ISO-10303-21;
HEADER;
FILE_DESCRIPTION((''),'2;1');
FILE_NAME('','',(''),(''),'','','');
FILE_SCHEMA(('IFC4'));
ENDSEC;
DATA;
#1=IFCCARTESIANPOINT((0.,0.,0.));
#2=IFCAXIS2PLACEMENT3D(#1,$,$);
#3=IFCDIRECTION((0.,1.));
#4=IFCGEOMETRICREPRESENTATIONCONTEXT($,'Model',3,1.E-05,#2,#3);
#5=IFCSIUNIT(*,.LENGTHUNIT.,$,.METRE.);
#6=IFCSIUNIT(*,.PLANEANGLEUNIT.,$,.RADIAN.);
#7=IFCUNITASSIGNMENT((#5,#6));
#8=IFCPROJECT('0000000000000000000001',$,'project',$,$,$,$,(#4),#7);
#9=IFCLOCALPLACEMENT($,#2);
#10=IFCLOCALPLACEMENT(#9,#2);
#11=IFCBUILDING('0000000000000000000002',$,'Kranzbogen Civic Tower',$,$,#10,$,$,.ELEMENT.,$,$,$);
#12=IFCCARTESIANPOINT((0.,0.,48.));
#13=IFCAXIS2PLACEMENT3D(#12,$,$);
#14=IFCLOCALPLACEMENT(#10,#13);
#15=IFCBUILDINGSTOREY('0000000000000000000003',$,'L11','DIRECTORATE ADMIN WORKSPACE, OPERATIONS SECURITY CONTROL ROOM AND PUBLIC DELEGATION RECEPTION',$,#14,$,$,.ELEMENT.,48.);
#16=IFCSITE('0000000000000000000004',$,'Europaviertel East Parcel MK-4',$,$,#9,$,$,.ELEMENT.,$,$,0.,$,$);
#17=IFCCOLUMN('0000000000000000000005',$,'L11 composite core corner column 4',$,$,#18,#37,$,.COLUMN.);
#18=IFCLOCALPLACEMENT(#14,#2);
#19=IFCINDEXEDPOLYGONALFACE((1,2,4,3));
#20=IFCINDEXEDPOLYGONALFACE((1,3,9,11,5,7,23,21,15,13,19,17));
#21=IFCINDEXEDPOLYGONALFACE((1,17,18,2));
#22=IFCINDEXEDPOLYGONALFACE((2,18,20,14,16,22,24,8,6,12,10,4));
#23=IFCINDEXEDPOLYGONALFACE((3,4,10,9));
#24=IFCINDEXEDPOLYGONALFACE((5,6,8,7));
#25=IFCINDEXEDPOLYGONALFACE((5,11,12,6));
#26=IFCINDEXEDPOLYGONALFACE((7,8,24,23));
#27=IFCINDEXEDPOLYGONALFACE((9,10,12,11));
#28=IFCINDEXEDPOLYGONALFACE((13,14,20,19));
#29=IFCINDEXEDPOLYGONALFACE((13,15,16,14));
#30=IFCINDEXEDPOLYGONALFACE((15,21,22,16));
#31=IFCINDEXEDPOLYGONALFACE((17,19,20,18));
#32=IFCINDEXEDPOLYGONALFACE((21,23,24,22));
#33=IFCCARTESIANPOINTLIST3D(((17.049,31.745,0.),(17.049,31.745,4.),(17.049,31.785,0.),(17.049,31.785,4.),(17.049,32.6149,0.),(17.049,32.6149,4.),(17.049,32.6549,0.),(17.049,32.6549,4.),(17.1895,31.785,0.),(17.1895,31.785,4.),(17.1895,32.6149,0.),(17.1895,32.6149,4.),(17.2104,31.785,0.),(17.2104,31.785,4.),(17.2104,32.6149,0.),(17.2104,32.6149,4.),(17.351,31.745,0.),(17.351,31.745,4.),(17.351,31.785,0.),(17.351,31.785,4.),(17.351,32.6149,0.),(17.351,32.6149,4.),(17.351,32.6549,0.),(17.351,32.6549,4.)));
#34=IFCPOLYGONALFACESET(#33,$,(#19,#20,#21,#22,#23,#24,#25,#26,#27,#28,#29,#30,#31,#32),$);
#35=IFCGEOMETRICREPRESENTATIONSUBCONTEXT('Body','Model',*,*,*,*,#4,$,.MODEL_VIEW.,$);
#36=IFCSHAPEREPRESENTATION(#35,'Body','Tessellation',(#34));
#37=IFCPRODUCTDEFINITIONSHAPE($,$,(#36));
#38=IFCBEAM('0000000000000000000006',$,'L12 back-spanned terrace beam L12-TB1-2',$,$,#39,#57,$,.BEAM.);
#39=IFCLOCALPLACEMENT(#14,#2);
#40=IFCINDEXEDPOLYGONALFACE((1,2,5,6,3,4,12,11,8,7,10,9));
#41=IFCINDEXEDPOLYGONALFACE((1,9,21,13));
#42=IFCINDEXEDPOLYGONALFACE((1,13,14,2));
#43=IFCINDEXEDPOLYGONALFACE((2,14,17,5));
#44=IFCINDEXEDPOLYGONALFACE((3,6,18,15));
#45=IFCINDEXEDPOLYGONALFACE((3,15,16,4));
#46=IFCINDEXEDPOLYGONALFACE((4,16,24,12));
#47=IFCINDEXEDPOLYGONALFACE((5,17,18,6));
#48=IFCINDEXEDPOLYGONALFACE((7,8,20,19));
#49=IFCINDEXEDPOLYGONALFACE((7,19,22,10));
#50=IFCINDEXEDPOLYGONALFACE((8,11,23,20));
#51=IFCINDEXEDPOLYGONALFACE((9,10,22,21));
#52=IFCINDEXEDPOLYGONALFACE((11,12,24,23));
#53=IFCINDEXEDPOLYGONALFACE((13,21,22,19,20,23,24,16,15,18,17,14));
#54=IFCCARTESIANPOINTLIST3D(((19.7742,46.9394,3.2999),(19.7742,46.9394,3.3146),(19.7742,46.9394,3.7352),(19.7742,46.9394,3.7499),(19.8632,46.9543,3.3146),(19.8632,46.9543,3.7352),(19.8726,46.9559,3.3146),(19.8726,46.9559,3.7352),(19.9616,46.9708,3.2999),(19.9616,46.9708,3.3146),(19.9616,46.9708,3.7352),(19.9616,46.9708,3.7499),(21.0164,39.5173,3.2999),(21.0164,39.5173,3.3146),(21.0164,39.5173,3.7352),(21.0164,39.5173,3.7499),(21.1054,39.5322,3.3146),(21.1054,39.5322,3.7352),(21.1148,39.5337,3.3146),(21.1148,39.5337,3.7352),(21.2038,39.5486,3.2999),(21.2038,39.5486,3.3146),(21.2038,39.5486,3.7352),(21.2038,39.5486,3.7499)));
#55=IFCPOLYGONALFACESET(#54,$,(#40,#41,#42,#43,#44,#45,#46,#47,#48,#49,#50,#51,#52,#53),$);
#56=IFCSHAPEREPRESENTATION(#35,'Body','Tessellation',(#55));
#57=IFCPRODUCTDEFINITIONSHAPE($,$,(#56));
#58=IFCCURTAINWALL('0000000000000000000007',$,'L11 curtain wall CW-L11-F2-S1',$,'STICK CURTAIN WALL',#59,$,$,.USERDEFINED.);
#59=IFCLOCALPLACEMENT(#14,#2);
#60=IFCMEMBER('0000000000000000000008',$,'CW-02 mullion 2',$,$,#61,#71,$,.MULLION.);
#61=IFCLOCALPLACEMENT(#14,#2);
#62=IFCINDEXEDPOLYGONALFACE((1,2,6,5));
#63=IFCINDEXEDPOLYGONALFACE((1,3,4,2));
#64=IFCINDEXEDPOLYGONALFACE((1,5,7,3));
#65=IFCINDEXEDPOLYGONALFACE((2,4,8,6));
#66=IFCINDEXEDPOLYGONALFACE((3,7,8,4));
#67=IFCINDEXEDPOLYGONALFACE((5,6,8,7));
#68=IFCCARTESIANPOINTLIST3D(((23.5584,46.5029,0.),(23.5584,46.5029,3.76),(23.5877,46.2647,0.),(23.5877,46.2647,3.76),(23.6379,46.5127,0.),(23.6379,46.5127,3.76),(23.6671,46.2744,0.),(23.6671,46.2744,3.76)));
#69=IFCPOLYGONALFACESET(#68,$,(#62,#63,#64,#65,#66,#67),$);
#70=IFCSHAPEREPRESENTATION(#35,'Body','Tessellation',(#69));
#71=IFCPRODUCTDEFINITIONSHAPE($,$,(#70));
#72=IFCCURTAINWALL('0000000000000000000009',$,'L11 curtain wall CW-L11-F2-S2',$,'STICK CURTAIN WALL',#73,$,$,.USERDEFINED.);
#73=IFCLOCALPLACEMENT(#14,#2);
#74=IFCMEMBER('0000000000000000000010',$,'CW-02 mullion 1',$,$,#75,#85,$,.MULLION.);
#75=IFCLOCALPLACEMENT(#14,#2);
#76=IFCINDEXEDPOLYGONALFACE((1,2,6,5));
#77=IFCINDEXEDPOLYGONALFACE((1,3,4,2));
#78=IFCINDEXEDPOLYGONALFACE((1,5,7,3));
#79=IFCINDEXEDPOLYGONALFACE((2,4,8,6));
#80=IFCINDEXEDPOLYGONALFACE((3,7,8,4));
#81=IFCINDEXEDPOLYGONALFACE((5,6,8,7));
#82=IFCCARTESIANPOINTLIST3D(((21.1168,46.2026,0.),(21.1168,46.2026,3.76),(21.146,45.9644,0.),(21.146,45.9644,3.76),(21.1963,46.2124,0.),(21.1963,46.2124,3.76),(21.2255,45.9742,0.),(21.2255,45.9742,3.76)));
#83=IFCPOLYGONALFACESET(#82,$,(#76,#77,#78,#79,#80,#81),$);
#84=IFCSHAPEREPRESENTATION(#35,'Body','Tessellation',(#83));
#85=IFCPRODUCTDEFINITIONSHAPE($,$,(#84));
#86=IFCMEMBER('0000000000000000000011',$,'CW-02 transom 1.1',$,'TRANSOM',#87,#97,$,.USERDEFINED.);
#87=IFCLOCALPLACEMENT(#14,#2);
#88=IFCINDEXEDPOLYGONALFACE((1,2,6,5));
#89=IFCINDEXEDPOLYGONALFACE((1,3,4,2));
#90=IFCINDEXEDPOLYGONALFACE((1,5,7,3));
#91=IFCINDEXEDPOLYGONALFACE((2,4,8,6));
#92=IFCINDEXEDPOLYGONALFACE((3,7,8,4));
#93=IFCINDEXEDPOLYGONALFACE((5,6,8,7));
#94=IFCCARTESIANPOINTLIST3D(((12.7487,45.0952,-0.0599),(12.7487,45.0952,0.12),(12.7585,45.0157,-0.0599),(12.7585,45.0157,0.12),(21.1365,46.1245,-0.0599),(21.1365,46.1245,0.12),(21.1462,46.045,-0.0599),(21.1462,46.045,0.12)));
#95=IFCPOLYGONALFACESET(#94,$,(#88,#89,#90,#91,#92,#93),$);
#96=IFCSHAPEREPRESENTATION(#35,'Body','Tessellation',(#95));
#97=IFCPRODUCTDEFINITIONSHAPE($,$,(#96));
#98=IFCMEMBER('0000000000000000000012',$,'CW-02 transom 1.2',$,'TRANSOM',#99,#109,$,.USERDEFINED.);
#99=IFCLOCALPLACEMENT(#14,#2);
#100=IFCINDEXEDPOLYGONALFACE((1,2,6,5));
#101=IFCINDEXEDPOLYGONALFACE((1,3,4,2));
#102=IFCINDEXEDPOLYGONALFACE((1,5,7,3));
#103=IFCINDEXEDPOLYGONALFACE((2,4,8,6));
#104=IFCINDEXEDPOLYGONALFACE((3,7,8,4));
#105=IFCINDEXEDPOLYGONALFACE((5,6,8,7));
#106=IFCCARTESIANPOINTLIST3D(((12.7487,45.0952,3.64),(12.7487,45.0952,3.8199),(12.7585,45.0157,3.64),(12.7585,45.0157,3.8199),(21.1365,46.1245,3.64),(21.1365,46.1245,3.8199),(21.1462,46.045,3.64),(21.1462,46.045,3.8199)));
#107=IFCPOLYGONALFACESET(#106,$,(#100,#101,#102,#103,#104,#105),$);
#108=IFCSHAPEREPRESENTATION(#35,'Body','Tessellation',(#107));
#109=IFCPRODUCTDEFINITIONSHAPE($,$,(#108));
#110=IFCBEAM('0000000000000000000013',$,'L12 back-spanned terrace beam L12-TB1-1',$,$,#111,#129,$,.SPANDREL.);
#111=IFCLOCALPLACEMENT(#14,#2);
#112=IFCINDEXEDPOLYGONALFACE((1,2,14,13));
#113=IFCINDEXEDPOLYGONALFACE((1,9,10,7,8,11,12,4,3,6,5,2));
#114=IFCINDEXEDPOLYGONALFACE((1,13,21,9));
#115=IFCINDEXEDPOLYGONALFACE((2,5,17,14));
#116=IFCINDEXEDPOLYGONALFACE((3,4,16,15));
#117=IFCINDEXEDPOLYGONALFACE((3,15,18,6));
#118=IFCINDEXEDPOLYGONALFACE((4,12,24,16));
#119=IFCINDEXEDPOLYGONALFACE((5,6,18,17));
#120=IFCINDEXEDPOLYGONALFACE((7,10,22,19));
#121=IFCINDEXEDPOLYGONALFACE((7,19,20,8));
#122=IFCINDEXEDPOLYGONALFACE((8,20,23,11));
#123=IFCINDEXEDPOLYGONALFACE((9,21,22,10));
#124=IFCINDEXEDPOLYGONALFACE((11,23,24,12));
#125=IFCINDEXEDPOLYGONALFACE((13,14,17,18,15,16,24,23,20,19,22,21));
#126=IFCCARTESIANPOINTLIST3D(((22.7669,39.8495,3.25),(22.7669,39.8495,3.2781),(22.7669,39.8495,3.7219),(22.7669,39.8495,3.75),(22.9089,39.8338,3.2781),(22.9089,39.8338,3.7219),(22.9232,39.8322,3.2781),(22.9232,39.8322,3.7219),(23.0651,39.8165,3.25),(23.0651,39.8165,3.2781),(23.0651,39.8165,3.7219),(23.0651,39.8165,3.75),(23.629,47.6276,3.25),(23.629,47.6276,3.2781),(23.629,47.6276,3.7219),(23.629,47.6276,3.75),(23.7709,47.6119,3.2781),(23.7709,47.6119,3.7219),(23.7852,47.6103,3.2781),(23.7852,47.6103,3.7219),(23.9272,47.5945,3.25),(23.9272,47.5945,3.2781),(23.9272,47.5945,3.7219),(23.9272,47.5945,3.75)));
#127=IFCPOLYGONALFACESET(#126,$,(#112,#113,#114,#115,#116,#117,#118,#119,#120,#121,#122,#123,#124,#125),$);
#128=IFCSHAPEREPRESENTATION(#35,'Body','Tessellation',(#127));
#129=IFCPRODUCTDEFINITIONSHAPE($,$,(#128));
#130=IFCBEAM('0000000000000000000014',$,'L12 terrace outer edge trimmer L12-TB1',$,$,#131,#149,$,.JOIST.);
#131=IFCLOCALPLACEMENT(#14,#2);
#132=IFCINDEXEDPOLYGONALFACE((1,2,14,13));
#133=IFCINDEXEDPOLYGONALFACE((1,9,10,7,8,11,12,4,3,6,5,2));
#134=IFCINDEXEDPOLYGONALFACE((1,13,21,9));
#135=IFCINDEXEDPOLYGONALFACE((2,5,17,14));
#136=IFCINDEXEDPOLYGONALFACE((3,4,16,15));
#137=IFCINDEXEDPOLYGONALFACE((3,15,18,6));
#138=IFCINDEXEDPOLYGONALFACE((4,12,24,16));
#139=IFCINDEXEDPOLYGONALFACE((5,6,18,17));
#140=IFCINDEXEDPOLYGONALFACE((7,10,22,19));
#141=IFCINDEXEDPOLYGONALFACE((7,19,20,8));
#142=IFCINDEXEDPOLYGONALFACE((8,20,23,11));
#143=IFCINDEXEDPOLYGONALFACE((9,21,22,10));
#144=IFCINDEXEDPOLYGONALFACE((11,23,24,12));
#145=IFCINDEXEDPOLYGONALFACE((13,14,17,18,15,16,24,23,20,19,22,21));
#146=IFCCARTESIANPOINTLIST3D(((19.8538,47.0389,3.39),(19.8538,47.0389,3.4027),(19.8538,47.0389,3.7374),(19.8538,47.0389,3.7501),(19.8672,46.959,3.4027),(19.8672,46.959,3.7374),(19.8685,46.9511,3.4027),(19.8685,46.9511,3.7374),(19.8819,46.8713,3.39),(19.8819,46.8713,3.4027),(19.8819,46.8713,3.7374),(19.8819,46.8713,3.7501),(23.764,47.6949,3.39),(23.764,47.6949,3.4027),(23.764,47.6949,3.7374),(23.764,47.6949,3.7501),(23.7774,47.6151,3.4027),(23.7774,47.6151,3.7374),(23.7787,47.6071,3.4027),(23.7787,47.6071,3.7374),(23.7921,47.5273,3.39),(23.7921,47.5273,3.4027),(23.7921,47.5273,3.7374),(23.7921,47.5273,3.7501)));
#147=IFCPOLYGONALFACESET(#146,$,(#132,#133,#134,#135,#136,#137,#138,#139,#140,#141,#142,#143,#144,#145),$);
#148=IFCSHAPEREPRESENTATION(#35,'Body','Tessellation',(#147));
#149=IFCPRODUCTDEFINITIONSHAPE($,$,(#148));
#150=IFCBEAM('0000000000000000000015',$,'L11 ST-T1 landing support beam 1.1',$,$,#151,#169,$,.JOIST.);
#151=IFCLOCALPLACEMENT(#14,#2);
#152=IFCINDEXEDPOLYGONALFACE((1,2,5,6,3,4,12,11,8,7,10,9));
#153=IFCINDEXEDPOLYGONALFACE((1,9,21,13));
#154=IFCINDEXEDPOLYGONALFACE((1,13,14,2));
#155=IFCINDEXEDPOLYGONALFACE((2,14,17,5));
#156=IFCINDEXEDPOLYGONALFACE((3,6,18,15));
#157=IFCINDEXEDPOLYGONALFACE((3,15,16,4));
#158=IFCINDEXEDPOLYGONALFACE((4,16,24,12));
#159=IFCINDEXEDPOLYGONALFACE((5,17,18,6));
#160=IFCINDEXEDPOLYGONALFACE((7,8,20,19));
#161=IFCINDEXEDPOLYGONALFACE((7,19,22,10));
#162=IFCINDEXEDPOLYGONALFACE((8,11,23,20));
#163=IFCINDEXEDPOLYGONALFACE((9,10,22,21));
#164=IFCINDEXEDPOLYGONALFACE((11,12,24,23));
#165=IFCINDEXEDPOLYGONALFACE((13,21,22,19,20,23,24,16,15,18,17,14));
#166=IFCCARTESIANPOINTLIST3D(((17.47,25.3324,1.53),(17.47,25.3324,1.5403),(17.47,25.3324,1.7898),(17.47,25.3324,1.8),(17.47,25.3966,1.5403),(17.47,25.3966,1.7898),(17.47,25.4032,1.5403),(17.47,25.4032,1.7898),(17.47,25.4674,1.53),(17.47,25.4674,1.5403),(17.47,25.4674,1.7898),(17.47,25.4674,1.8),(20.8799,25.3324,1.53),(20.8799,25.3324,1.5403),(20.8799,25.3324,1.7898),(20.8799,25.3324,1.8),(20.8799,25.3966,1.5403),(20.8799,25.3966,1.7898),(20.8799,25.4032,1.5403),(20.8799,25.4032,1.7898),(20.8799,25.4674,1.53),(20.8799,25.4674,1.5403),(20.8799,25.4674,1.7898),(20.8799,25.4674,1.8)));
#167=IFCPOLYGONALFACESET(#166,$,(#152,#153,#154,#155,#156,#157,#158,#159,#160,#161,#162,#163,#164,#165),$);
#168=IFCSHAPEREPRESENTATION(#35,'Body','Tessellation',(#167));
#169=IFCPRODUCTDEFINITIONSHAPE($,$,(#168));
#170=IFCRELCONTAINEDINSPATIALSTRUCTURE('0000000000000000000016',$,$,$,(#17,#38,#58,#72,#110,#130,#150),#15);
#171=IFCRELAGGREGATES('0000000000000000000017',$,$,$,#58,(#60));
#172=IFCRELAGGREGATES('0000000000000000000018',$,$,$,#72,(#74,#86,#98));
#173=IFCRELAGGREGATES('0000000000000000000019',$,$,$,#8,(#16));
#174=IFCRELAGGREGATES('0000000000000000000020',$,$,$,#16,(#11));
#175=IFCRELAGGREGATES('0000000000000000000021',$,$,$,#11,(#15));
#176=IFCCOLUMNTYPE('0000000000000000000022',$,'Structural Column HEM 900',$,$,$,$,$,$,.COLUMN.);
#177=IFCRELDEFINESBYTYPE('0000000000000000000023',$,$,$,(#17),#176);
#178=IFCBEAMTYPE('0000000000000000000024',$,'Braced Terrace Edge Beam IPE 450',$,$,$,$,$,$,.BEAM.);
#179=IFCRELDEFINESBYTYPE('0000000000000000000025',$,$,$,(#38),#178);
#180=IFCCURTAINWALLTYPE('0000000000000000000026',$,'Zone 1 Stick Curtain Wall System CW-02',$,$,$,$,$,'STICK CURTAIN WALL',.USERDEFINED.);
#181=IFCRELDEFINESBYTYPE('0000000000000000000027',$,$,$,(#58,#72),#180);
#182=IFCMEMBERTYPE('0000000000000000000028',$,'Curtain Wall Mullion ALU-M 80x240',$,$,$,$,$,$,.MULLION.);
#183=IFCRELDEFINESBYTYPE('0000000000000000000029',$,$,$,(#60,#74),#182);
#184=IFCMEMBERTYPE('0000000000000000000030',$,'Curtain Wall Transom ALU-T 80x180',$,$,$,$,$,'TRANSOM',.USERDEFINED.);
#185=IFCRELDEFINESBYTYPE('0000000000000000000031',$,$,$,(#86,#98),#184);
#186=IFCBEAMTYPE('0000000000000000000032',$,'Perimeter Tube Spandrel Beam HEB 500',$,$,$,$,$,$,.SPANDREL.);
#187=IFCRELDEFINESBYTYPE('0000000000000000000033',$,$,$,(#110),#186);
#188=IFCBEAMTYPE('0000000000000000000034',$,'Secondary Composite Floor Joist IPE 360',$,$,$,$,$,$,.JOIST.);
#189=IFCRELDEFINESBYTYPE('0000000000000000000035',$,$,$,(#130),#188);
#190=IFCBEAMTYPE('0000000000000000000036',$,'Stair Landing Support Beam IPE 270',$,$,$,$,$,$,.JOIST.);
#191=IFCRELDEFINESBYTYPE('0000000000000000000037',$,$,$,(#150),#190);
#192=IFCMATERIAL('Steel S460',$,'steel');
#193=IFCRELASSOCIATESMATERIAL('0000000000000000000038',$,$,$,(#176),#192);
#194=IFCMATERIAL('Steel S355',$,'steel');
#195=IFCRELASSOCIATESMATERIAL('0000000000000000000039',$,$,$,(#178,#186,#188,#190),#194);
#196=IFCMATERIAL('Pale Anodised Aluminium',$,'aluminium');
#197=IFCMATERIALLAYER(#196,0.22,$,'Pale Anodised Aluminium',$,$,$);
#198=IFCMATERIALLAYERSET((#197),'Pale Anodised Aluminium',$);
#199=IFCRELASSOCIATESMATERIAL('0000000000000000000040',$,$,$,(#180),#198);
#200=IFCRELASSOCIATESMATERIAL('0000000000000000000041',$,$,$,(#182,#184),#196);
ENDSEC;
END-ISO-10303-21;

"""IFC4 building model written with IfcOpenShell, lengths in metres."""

from ifc_helpers import new_model, si_unit, direction, frame, origin, origin_2d, place, context, subcontext, project, spatial, rectangle, i_section, extrude, material, layer, layer_set, material_profile, profile_set, type_object, element, aggregate, save


model = new_model("IFC4")

# Units and contexts
model_context = context("Model", 3, precision=1e-05, world=origin(), true_north=direction((0.0, 1.0)))
body_context = subcontext(model_context, "Body", "Model", "MODEL_VIEW")
ifc_project = project(units=[si_unit("LENGTHUNIT", "METRE"), si_unit("PLANEANGLEUNIT", "RADIAN")], contexts=[model_context])

# Site, building, storey
site_placement = place(None, origin())
site = spatial("IfcSite", under=ifc_project, at=site_placement, Name="Europaviertel East Parcel MK-4", CompositionType="ELEMENT", RefElevation=0.0)
building_placement = place(site_placement, origin())
building = spatial("IfcBuilding", under=site, at=building_placement, Name="Kranzbogen Civic Tower", CompositionType="ELEMENT")
storey_placement = place(building_placement, frame((0.0, 0.0, 48.0)))
storey = spatial("IfcBuildingStorey", under=building, at=storey_placement, Name="L11", Description="DIRECTORATE ADMIN WORKSPACE, OPERATIONS SECURITY CONTROL ROOM AND PUBLIC DELEGATION RECEPTION", CompositionType="ELEMENT", Elevation=48.0)

# Column
ifc_material_1 = material(Name="Steel S460", Category="steel")
ifc_material_profile_1 = material_profile(ifc_material_1, i_section(OverallWidth=0.302, OverallDepth=0.9099, WebThickness=0.021, FlangeThickness=0.04, at=origin_2d()), Name="HEM 900")
ifc_profile_set_1 = profile_set([ifc_material_profile_1], Name="Steel S460")
column_type = type_object("IfcColumnType", Name="Structural Column HEM 900", PredefinedType="COLUMN", material=ifc_profile_set_1)
column_placement = place(storey_placement, frame((17.2, 32.2, 0.0), z_axis=(0.0, 0.0, 1.0), x_axis=(1.0, 0.0, 0.0)))
element("IfcColumn", 1, at=column_placement, inside=storey, type_object=column_type, Name="L11 composite core corner column 4", PredefinedType="COLUMN", context=body_context, shape_type="SweptSolid", body=[
    extrude(i_section(OverallWidth=0.302, OverallDepth=0.9099, WebThickness=0.021, FlangeThickness=0.04, at=origin_2d()), origin(), (0.0, 0.0, 1.0), 4.0),
])

# Beam
ifc_material_2 = material(Name="Steel S355", Category="steel")
ifc_material_profile_2 = material_profile(ifc_material_2, i_section(OverallWidth=0.1899, OverallDepth=0.45, WebThickness=0.0095, FlangeThickness=0.0146, at=origin_2d()), Name="IPE 450")
ifc_profile_set_2 = profile_set([ifc_material_profile_2], Name="Steel S355")
beam_type_1 = type_object("IfcBeamType", Name="Braced Terrace Edge Beam IPE 450", PredefinedType="BEAM", material=ifc_profile_set_2)
beam_1_placement = place(storey_placement, frame((21.1101, 39.533, 3.5249), z_axis=(-0.165067, 0.986282, 0.0), x_axis=(-0.986282, -0.165067, 0.0)))
element("IfcBeam", 2, at=beam_1_placement, inside=storey, type_object=beam_type_1, Name="L12 back-spanned terrace beam L12-TB1-2", PredefinedType="BEAM", context=body_context, shape_type="SweptSolid", body=[
    extrude(i_section(OverallWidth=0.1899, OverallDepth=0.45, WebThickness=0.0095, FlangeThickness=0.0146, at=origin_2d()), origin(), (0.0, 0.0, 1.0), 7.5254),
])

# Curtain wall, member
ifc_material_3 = material(Name="Pale Anodised Aluminium", Category="aluminium")
ifc_layer_1 = layer(ifc_material_3, 0.22, Name="Pale Anodised Aluminium")
ifc_layer_set_1 = layer_set([ifc_layer_1], Name="Pale Anodised Aluminium")
curtain_wall_type = type_object("IfcCurtainWallType", Name="Zone 1 Stick Curtain Wall System CW-02", ElementType="STICK CURTAIN WALL", PredefinedType="USERDEFINED", material=ifc_layer_set_1)
curtain_wall_1_placement = place(storey_placement, origin())
curtain_wall_1 = element("IfcCurtainWall", 3, at=curtain_wall_1_placement, inside=storey, type_object=curtain_wall_type, Name="L11 curtain wall CW-L11-F2-S1", ObjectType="STICK CURTAIN WALL", PredefinedType="USERDEFINED")
ifc_material_profile_3 = material_profile(ifc_material_3, rectangle(XDim=0.0801, YDim=0.24, at=origin_2d()), Name="ALU-M 80x240")
ifc_profile_set_3 = profile_set([ifc_material_profile_3], Name="Pale Anodised Aluminium")
member_type_1 = type_object("IfcMemberType", Name="Curtain Wall Mullion ALU-M 80x240", PredefinedType="MULLION", material=ifc_profile_set_3)
member_1_placement = place(storey_placement, frame((23.6128, 46.3887, 0.0), z_axis=(0.0, 0.0, 1.0), x_axis=(-0.992555, -0.121795, 0.0)))
member_1 = element("IfcMember", 4, at=member_1_placement, type_object=member_type_1, Name="CW-02 mullion 2", PredefinedType="MULLION", context=body_context, shape_type="SweptSolid", body=[
    extrude(rectangle(XDim=0.0801, YDim=0.24, at=origin_2d()), origin(), (0.0, 0.0, 1.0), 3.76),
])
aggregate(curtain_wall_1, [member_1])

# Curtain wall, members
curtain_wall_2_placement = place(storey_placement, origin())
curtain_wall_2 = element("IfcCurtainWall", 5, at=curtain_wall_2_placement, inside=storey, type_object=curtain_wall_type, Name="L11 curtain wall CW-L11-F2-S2", ObjectType="STICK CURTAIN WALL", PredefinedType="USERDEFINED")
member_2_placement = place(storey_placement, frame((21.1711, 46.0884, 0.0), z_axis=(0.0, 0.0, 1.0), x_axis=(-0.992554, -0.121809, 0.0)))
member_2 = element("IfcMember", 6, at=member_2_placement, type_object=member_type_1, Name="CW-02 mullion 1", PredefinedType="MULLION", context=body_context, shape_type="SweptSolid", body=[
    extrude(rectangle(XDim=0.0801, YDim=0.24, at=origin_2d()), origin(), (0.0, 0.0, 1.0), 3.76),
])
ifc_material_profile_4 = material_profile(ifc_material_3, rectangle(XDim=0.0801, YDim=0.1799, at=origin_2d()), Name="ALU-T 80x180")
ifc_profile_set_4 = profile_set([ifc_material_profile_4], Name="Pale Anodised Aluminium")
member_type_2 = type_object("IfcMemberType", Name="Curtain Wall Transom ALU-T 80x180", ElementType="TRANSOM", PredefinedType="USERDEFINED", material=ifc_profile_set_4)
member_3_placement = place(storey_placement, frame((21.1414, 46.0847, 0.03), z_axis=(-0.992554, -0.121801, 0.0), x_axis=(0.121801, -0.992554, 0.0)))
member_3 = element("IfcMember", 7, at=member_3_placement, type_object=member_type_2, Name="CW-02 transom 1.1", ObjectType="TRANSOM", PredefinedType="USERDEFINED", context=body_context, shape_type="SweptSolid", body=[
    extrude(rectangle(XDim=0.0801, YDim=0.1799, at=origin_2d()), origin(), (0.0, 0.0, 1.0), 8.4507),
])
member_4_placement = place(storey_placement, frame((21.1414, 46.0847, 3.73), z_axis=(-0.992554, -0.121801, 0.0), x_axis=(0.121801, -0.992554, 0.0)))
member_4 = element("IfcMember", 8, at=member_4_placement, type_object=member_type_2, Name="CW-02 transom 1.2", ObjectType="TRANSOM", PredefinedType="USERDEFINED", context=body_context, shape_type="SweptSolid", body=[
    extrude(rectangle(XDim=0.0801, YDim=0.1799, at=origin_2d()), origin(), (0.0, 0.0, 1.0), 8.4507),
])
aggregate(curtain_wall_2, [member_2, member_3, member_4])

# Beams
ifc_material_profile_5 = material_profile(ifc_material_2, i_section(OverallWidth=0.3, OverallDepth=0.5, WebThickness=0.0144, FlangeThickness=0.0281, at=origin_2d()), Name="HEB 500")
ifc_profile_set_5 = profile_set([ifc_material_profile_5], Name="Steel S355")
beam_type_2 = type_object("IfcBeamType", Name="Perimeter Tube Spandrel Beam HEB 500", PredefinedType="SPANDREL", material=ifc_profile_set_5)
beam_2_placement = place(storey_placement, frame((22.916, 39.833, 3.5), z_axis=(0.110158, 0.993914, 0.0), x_axis=(-0.993914, 0.110158, 0.0)))
element("IfcBeam", 9, at=beam_2_placement, inside=storey, type_object=beam_type_2, Name="L12 back-spanned terrace beam L12-TB1-1", PredefinedType="SPANDREL", context=body_context, shape_type="SweptSolid", body=[
    extrude(i_section(OverallWidth=0.3, OverallDepth=0.5, WebThickness=0.0144, FlangeThickness=0.0281, at=origin_2d()), origin(), (0.0, 0.0, 1.0), 7.8257),
])
ifc_material_profile_6 = material_profile(ifc_material_2, i_section(OverallWidth=0.1699, OverallDepth=0.3601, WebThickness=0.0081, FlangeThickness=0.0127, at=origin_2d()), Name="IPE 360")
ifc_profile_set_6 = profile_set([ifc_material_profile_6], Name="Steel S355")
beam_type_3 = type_object("IfcBeamType", Name="Secondary Composite Floor Joist IPE 360", PredefinedType="JOIST", material=ifc_profile_set_6)
beam_3_placement = place(storey_placement, frame((23.7781, 47.6111, 3.5701), z_axis=(-0.986217, -0.165457, 0.0), x_axis=(0.165457, -0.986217, 0.0)))
element("IfcBeam", 10, at=beam_3_placement, inside=storey, type_object=beam_type_3, Name="L12 terrace outer edge trimmer L12-TB1", PredefinedType="JOIST", context=body_context, shape_type="SweptSolid", body=[
    extrude(i_section(OverallWidth=0.1699, OverallDepth=0.3601, WebThickness=0.0081, FlangeThickness=0.0127, at=origin_2d()), origin(), (0.0, 0.0, 1.0), 3.9648),
])
ifc_material_profile_7 = material_profile(ifc_material_2, i_section(OverallWidth=0.135, OverallDepth=0.27, WebThickness=0.0066, FlangeThickness=0.0103, at=origin_2d()), Name="IPE 270")
ifc_profile_set_7 = profile_set([ifc_material_profile_7], Name="Steel S355")
beam_type_4 = type_object("IfcBeamType", Name="Stair Landing Support Beam IPE 270", PredefinedType="JOIST", material=ifc_profile_set_7)
for number, where, z_axis, x_axis, name in (
    (11, (20.8799, 25.3999, 1.665), (-1.0, 0.0, 0.0), (0.0, -1.0, 0.0), "L11 ST-T1 landing support beam 1.1"),
):
    element("IfcBeam", number, at=place(storey_placement, frame(where, z_axis=z_axis, x_axis=x_axis)), inside=storey, type_object=beam_type_4, Name=name, PredefinedType="JOIST", context=body_context, shape_type="SweptSolid", body=[
        extrude(i_section(OverallWidth=0.135, OverallDepth=0.27, WebThickness=0.0066, FlangeThickness=0.0103, at=origin_2d()), origin(), (0.0, 0.0, 1.0), 3.4099),
    ])

save(model, "model.ifc")
